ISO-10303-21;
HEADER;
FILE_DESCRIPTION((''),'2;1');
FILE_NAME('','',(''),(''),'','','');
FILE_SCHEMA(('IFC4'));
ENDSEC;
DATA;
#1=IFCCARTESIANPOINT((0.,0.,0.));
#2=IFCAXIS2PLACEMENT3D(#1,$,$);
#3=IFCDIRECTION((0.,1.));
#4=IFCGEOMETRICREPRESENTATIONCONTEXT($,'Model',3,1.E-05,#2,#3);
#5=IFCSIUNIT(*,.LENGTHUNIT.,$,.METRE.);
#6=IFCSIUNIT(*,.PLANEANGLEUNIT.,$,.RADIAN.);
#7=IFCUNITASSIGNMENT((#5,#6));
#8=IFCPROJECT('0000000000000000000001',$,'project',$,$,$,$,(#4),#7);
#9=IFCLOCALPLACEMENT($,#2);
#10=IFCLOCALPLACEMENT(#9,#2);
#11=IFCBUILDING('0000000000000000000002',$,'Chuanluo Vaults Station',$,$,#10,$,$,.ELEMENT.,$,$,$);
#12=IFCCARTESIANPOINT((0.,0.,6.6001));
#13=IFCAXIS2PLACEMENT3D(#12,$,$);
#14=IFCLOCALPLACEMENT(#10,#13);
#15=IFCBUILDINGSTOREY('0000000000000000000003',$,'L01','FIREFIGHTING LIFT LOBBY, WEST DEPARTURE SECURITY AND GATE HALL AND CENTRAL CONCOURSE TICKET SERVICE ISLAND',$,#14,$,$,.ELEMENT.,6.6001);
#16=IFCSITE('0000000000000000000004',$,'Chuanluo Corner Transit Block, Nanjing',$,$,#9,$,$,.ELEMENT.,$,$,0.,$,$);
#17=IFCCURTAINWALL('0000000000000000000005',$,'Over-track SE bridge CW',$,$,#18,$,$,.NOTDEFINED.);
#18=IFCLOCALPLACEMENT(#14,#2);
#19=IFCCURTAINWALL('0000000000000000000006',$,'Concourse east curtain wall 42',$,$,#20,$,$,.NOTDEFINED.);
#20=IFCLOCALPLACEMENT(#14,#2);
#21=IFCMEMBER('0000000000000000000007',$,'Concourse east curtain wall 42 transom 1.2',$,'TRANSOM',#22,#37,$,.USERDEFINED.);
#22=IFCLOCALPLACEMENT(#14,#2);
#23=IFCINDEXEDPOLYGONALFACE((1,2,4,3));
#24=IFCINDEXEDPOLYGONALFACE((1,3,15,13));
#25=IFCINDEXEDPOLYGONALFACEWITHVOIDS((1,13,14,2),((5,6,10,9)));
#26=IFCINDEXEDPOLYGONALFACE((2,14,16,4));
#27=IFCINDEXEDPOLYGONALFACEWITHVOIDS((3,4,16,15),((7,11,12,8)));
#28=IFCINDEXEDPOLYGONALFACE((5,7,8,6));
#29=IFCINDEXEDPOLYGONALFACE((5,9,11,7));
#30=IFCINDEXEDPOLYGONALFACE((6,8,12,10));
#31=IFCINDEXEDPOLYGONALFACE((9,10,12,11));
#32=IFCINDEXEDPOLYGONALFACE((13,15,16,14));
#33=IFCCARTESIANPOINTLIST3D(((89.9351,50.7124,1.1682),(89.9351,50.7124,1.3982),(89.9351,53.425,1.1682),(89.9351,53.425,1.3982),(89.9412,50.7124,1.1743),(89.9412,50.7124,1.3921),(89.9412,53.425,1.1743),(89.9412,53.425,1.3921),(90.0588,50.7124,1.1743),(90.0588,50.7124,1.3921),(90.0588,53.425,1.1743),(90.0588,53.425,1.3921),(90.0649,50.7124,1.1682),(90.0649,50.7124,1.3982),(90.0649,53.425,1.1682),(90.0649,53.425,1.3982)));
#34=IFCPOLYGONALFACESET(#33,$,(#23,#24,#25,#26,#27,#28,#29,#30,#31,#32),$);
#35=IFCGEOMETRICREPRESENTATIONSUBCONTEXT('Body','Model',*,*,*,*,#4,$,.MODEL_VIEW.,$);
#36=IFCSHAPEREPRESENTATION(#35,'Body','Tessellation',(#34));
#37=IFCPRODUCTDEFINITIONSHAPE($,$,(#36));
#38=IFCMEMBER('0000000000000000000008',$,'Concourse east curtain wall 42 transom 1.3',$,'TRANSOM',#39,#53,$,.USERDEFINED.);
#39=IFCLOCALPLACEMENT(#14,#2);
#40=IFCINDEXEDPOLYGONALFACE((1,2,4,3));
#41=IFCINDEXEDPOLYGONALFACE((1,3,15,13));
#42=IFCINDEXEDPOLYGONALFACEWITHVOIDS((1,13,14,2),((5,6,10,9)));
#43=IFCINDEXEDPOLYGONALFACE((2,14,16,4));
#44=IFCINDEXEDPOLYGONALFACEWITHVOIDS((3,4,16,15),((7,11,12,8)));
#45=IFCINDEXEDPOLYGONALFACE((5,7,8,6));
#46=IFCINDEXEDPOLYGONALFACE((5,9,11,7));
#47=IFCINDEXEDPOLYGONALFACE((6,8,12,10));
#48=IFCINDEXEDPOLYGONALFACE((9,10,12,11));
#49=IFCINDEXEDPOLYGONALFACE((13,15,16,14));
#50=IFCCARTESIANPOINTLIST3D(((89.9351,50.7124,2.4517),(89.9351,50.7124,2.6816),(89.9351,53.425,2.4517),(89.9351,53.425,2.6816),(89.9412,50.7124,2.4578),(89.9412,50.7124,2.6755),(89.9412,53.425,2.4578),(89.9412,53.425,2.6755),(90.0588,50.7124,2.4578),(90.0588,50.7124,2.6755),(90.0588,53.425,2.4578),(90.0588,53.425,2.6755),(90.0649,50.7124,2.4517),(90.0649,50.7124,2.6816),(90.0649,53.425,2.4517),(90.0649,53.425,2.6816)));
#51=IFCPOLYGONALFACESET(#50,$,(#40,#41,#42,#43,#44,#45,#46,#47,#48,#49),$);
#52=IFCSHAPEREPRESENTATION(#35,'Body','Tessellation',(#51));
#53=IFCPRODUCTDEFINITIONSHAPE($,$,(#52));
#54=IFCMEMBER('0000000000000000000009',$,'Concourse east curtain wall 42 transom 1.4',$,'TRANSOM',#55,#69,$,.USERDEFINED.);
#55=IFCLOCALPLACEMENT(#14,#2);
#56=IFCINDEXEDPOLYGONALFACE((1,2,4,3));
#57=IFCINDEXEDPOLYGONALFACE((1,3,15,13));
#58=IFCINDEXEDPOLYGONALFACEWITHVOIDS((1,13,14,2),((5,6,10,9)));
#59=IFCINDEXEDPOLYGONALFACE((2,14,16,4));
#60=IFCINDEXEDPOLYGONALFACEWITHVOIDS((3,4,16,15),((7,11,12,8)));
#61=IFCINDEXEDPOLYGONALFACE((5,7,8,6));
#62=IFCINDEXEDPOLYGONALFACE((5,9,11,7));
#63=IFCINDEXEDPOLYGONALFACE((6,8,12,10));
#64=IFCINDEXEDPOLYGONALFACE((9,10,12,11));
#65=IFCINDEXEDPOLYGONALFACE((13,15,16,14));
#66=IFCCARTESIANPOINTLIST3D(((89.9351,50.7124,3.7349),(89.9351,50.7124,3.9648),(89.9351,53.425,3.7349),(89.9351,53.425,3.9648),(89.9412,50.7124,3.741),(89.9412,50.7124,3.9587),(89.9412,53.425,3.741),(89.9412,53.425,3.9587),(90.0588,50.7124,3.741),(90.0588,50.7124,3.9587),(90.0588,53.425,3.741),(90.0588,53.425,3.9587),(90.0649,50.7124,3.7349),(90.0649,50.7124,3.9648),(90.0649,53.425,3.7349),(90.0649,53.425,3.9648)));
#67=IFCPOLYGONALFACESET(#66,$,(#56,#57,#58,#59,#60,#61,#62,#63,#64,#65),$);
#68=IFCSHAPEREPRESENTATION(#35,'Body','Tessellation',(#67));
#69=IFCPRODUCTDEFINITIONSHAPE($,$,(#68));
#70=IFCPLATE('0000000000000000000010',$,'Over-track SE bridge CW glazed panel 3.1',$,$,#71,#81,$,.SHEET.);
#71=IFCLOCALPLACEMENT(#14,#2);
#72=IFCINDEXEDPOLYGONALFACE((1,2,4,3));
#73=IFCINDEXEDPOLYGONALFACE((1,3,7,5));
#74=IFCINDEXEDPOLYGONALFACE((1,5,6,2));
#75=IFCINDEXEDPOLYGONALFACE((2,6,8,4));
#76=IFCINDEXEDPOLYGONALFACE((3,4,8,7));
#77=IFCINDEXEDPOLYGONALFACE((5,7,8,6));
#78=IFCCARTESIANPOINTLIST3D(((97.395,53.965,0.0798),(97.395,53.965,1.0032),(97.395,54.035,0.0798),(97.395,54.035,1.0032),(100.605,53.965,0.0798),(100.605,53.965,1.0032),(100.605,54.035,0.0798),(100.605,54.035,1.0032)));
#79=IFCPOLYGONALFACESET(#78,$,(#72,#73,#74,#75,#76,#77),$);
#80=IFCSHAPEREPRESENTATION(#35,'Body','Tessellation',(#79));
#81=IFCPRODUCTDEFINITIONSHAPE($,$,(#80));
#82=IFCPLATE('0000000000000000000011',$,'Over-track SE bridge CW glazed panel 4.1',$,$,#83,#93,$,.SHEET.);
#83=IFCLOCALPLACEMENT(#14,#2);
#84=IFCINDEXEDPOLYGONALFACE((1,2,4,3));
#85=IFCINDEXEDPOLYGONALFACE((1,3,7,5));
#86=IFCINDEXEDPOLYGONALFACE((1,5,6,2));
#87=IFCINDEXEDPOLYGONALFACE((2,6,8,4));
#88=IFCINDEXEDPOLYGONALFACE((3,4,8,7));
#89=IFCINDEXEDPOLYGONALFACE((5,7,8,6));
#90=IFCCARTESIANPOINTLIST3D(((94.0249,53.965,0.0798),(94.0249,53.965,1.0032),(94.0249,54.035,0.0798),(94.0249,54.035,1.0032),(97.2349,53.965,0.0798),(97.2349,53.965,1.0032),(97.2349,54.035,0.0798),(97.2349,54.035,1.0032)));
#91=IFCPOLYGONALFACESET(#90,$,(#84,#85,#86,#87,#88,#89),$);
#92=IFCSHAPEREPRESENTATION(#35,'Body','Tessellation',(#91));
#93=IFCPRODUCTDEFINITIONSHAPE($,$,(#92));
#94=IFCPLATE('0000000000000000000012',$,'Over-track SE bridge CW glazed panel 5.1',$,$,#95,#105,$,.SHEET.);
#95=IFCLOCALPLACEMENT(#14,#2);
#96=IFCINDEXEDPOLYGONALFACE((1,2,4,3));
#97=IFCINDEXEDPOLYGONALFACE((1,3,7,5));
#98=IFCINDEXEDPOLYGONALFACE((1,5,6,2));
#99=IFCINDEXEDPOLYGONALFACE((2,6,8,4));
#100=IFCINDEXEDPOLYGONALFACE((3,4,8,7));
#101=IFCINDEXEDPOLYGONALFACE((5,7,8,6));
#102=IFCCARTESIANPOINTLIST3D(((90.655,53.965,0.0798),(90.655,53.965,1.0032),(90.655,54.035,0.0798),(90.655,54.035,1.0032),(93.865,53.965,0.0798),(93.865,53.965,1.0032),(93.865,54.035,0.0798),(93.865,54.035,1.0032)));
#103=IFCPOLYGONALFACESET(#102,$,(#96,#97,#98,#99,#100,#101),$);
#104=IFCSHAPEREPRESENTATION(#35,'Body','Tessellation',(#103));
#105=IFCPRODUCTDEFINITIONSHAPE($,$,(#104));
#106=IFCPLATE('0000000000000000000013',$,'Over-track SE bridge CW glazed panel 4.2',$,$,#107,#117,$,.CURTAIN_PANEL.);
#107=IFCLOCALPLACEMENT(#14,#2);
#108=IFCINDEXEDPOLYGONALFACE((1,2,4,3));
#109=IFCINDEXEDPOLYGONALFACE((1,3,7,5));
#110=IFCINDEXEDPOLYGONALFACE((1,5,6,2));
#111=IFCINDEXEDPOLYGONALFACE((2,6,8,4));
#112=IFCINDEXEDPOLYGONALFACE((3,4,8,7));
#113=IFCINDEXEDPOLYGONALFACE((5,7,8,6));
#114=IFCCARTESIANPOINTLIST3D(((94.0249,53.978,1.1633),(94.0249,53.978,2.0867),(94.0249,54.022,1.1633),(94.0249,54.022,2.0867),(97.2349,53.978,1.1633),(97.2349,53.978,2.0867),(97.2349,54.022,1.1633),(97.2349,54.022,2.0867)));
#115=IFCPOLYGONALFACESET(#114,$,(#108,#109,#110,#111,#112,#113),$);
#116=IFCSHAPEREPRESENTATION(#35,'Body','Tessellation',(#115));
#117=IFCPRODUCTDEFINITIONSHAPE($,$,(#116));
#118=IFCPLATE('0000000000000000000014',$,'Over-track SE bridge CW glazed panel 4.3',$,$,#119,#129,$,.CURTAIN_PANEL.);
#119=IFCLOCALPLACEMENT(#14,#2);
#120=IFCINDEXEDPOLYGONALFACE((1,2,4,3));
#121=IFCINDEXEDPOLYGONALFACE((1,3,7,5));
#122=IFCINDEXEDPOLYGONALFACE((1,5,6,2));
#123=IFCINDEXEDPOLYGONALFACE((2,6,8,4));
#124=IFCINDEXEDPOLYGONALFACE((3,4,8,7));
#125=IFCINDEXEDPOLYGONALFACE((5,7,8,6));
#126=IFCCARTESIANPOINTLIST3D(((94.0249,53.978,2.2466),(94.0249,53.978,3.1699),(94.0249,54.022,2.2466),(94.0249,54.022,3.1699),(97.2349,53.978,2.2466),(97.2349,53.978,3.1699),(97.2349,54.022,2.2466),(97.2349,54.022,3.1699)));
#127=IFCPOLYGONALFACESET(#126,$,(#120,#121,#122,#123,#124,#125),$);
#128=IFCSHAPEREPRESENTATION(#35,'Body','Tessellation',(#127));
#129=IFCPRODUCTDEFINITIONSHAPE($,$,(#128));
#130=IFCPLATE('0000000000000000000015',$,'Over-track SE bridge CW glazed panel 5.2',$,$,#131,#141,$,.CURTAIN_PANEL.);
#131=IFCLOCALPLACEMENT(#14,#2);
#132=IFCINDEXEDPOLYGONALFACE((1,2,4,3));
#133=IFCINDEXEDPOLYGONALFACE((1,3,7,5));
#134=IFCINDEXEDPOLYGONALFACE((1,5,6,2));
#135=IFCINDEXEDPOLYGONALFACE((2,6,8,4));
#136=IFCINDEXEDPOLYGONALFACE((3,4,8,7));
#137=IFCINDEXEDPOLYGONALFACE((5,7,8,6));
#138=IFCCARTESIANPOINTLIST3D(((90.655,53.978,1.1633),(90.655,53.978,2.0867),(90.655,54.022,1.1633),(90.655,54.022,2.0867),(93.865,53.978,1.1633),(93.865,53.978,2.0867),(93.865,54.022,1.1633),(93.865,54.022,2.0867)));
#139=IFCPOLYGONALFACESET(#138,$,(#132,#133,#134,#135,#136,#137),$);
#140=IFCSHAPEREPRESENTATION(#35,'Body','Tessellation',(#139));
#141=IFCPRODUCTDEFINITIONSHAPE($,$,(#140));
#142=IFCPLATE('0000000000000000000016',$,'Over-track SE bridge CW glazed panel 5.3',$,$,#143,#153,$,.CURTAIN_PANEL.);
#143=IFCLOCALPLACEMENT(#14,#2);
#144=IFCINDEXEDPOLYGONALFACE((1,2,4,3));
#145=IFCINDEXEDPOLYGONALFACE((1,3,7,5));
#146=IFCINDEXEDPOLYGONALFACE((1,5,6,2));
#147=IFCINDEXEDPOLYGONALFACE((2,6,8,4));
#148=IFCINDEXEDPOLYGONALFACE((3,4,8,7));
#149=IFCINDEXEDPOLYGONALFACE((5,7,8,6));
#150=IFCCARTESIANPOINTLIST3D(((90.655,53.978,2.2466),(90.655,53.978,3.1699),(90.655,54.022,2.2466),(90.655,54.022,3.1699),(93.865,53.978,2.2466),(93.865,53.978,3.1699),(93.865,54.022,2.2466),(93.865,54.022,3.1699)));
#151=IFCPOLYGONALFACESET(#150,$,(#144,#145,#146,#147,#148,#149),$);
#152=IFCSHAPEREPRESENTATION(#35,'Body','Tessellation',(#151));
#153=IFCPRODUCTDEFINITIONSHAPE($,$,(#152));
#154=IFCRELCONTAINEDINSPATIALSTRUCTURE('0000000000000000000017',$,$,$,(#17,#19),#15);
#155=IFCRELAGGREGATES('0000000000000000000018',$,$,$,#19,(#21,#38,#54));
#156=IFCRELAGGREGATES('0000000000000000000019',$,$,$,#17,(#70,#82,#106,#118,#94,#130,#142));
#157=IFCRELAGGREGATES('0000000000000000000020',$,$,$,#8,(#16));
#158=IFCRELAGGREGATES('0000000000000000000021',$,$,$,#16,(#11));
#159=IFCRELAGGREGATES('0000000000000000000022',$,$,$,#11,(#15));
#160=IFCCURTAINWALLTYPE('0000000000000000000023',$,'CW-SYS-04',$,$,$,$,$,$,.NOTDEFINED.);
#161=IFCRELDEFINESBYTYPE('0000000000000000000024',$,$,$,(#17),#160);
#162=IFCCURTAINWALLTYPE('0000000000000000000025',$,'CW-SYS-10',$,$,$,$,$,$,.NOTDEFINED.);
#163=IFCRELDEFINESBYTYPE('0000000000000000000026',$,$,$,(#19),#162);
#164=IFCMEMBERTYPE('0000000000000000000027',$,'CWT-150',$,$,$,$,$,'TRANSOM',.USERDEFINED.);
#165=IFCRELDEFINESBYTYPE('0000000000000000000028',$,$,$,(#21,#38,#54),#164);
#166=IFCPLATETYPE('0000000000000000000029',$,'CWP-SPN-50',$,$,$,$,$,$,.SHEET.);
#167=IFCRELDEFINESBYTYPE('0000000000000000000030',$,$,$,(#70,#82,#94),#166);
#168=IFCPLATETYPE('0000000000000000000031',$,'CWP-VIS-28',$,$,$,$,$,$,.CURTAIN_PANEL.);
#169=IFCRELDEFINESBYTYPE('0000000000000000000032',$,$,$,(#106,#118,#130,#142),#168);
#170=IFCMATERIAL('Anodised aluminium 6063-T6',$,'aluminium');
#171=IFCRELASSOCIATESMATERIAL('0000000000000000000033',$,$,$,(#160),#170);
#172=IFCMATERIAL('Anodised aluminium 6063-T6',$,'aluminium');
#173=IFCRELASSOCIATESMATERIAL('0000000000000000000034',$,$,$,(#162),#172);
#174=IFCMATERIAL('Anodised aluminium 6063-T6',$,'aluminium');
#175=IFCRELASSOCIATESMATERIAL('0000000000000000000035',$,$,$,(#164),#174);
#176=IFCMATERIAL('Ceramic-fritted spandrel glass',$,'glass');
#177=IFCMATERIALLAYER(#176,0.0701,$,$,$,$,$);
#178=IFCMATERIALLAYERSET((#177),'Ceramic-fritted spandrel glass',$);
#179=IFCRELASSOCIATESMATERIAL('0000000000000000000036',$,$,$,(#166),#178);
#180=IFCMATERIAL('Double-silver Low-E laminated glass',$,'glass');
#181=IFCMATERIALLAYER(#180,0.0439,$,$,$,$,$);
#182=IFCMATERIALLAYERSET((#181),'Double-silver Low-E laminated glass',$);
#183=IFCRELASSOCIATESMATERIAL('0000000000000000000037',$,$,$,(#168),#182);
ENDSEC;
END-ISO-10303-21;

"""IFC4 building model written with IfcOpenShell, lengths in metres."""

from ifc_helpers import new_model, si_unit, direction, frame, origin, origin_2d, place, context, subcontext, project, spatial, rectangle, hollow_rectangle, extrude, material, layer, layer_set, material_profile, profile_set, type_object, element, aggregate, save


model = new_model("IFC4")

# Units and contexts
model_context = context("Model", 3, precision=1e-05, world=origin(), true_north=direction((0.0, 1.0)))
body_context = subcontext(model_context, "Body", "Model", "MODEL_VIEW")
ifc_project = project(units=[si_unit("LENGTHUNIT", "METRE"), si_unit("PLANEANGLEUNIT", "RADIAN")], contexts=[model_context])

# Site, building, storey
site_placement = place(None, origin())
site = spatial("IfcSite", under=ifc_project, at=site_placement, Name="Chuanluo Corner Transit Block, Nanjing", CompositionType="ELEMENT", RefElevation=0.0)
building_placement = place(site_placement, origin())
building = spatial("IfcBuilding", under=site, at=building_placement, Name="Chuanluo Vaults Station", CompositionType="ELEMENT")
storey_placement = place(building_placement, frame((0.0, 0.0, 6.6001)))
storey = spatial("IfcBuildingStorey", under=building, at=storey_placement, Name="L01", Description="FIREFIGHTING LIFT LOBBY, WEST DEPARTURE SECURITY AND GATE HALL AND CENTRAL CONCOURSE TICKET SERVICE ISLAND", CompositionType="ELEMENT", Elevation=6.6001)

# Curtain walls, members
ifc_material_1 = material(Name="Anodised aluminium 6063-T6", Category="aluminium")
curtain_wall_type_1 = type_object("IfcCurtainWallType", Name="CW-SYS-04", PredefinedType="NOTDEFINED", material=ifc_material_1)
curtain_wall_1_placement = place(storey_placement, origin())
curtain_wall_1 = element("IfcCurtainWall", 1, at=curtain_wall_1_placement, inside=storey, type_object=curtain_wall_type_1, Name="Over-track SE bridge CW", PredefinedType="NOTDEFINED")
ifc_material_2 = material(Name="Anodised aluminium 6063-T6", Category="aluminium")
curtain_wall_type_2 = type_object("IfcCurtainWallType", Name="CW-SYS-10", PredefinedType="NOTDEFINED", material=ifc_material_2)
curtain_wall_2_placement = place(storey_placement, origin())
curtain_wall_2 = element("IfcCurtainWall", 2, at=curtain_wall_2_placement, inside=storey, type_object=curtain_wall_type_2, Name="Concourse east curtain wall 42", PredefinedType="NOTDEFINED")
ifc_material_3 = material(Name="Anodised aluminium 6063-T6", Category="aluminium")
ifc_material_profile_1 = material_profile(ifc_material_3, hollow_rectangle(XDim=0.1299, YDim=0.23, WallThickness=0.0061, at=origin_2d()))
ifc_profile_set_1 = profile_set([ifc_material_profile_1], Name="Anodised aluminium 6063-T6")
member_type_1 = type_object("IfcMemberType", Name="CWT-150", ElementType="TRANSOM", PredefinedType="USERDEFINED", material=ifc_profile_set_1)
member_1_placement = place(storey_placement, frame((90.0, 53.425, 1.2832), z_axis=(0.0, -1.0, 0.0), x_axis=(1.0, 0.0, 0.0)))
member_1 = element("IfcMember", 3, at=member_1_placement, type_object=member_type_1, Name="Concourse east curtain wall 42 transom 1.2", ObjectType="TRANSOM", PredefinedType="USERDEFINED", context=body_context, shape_type="SweptSolid", body=[
    extrude(hollow_rectangle(XDim=0.1299, YDim=0.23, WallThickness=0.0061, at=origin_2d()), origin(), (0.0, 0.0, 1.0), 2.7126),
])
member_2_placement = place(storey_placement, frame((90.0, 53.425, 2.5667), z_axis=(0.0, -1.0, 0.0), x_axis=(1.0, 0.0, 0.0)))
member_2 = element("IfcMember", 4, at=member_2_placement, type_object=member_type_1, Name="Concourse east curtain wall 42 transom 1.3", ObjectType="TRANSOM", PredefinedType="USERDEFINED", context=body_context, shape_type="SweptSolid", body=[
    extrude(hollow_rectangle(XDim=0.1299, YDim=0.23, WallThickness=0.0061, at=origin_2d()), origin(), (0.0, 0.0, 1.0), 2.7126),
])
member_3_placement = place(storey_placement, frame((90.0, 53.425, 3.8499), z_axis=(0.0, -1.0, 0.0), x_axis=(1.0, 0.0, 0.0)))
member_3 = element("IfcMember", 5, at=member_3_placement, type_object=member_type_1, Name="Concourse east curtain wall 42 transom 1.4", ObjectType="TRANSOM", PredefinedType="USERDEFINED", context=body_context, shape_type="SweptSolid", body=[
    extrude(hollow_rectangle(XDim=0.1299, YDim=0.23, WallThickness=0.0061, at=origin_2d()), origin(), (0.0, 0.0, 1.0), 2.7126),
])
aggregate(curtain_wall_2, [member_1, member_2, member_3])

# Plates
ifc_material_4 = material(Name="Ceramic-fritted spandrel glass", Category="glass")
ifc_layer_1 = layer(ifc_material_4, 0.0701)
ifc_layer_set_1 = layer_set([ifc_layer_1], Name="Ceramic-fritted spandrel glass")
plate_type_1 = type_object("IfcPlateType", Name="CWP-SPN-50", PredefinedType="SHEET", material=ifc_layer_set_1)
plate_1_placement = place(storey_placement, frame((99.0, 54.0, 0.0798), z_axis=(0.0, 0.0, 1.0), x_axis=(-1.0, 0.0, 0.0)))
plate_1 = element("IfcPlate", 6, at=plate_1_placement, type_object=plate_type_1, Name="Over-track SE bridge CW glazed panel 3.1", PredefinedType="SHEET", context=body_context, shape_type="SweptSolid", body=[
    extrude(rectangle(XDim=3.21, YDim=0.0701, at=origin_2d()), origin(), (0.0, 0.0, 1.0), 0.9233),
])
plate_2_placement = place(storey_placement, frame((95.6299, 54.0, 0.0798), z_axis=(0.0, 0.0, 1.0), x_axis=(-1.0, 0.0, 0.0)))
plate_2 = element("IfcPlate", 7, at=plate_2_placement, type_object=plate_type_1, Name="Over-track SE bridge CW glazed panel 4.1", PredefinedType="SHEET", context=body_context, shape_type="SweptSolid", body=[
    extrude(rectangle(XDim=3.21, YDim=0.0701, at=origin_2d()), origin(), (0.0, 0.0, 1.0), 0.9233),
])
plate_3_placement = place(storey_placement, frame((92.26, 54.0, 0.0798), z_axis=(0.0, 0.0, 1.0), x_axis=(-1.0, 0.0, 0.0)))
plate_3 = element("IfcPlate", 8, at=plate_3_placement, type_object=plate_type_1, Name="Over-track SE bridge CW glazed panel 5.1", PredefinedType="SHEET", context=body_context, shape_type="SweptSolid", body=[
    extrude(rectangle(XDim=3.21, YDim=0.0701, at=origin_2d()), origin(), (0.0, 0.0, 1.0), 0.9233),
])
ifc_material_5 = material(Name="Double-silver Low-E laminated glass", Category="glass")
ifc_layer_2 = layer(ifc_material_5, 0.0439)
ifc_layer_set_2 = layer_set([ifc_layer_2], Name="Double-silver Low-E laminated glass")
plate_type_2 = type_object("IfcPlateType", Name="CWP-VIS-28", PredefinedType="CURTAIN_PANEL", material=ifc_layer_set_2)
plate_4_placement = place(storey_placement, frame((95.6299, 54.0, 1.1633), z_axis=(0.0, 0.0, 1.0), x_axis=(-1.0, 0.0, 0.0)))
plate_4 = element("IfcPlate", 9, at=plate_4_placement, type_object=plate_type_2, Name="Over-track SE bridge CW glazed panel 4.2", PredefinedType="CURTAIN_PANEL", context=body_context, shape_type="SweptSolid", body=[
    extrude(rectangle(XDim=3.21, YDim=0.0439, at=origin_2d()), origin(), (0.0, 0.0, 1.0), 0.9233),
])
plate_5_placement = place(storey_placement, frame((95.6299, 54.0, 2.2466), z_axis=(0.0, 0.0, 1.0), x_axis=(-1.0, 0.0, 0.0)))
plate_5 = element("IfcPlate", 10, at=plate_5_placement, type_object=plate_type_2, Name="Over-track SE bridge CW glazed panel 4.3", PredefinedType="CURTAIN_PANEL", context=body_context, shape_type="SweptSolid", body=[
    extrude(rectangle(XDim=3.21, YDim=0.0439, at=origin_2d()), origin(), (0.0, 0.0, 1.0), 0.9233),
])
plate_6_placement = place(storey_placement, frame((92.26, 54.0, 1.1633), z_axis=(0.0, 0.0, 1.0), x_axis=(-1.0, 0.0, 0.0)))
plate_6 = element("IfcPlate", 11, at=plate_6_placement, type_object=plate_type_2, Name="Over-track SE bridge CW glazed panel 5.2", PredefinedType="CURTAIN_PANEL", context=body_context, shape_type="SweptSolid", body=[
    extrude(rectangle(XDim=3.21, YDim=0.0439, at=origin_2d()), origin(), (0.0, 0.0, 1.0), 0.9233),
])
plate_7_placement = place(storey_placement, frame((92.26, 54.0, 2.2466), z_axis=(0.0, 0.0, 1.0), x_axis=(-1.0, 0.0, 0.0)))
plate_7 = element("IfcPlate", 12, at=plate_7_placement, type_object=plate_type_2, Name="Over-track SE bridge CW glazed panel 5.3", PredefinedType="CURTAIN_PANEL", context=body_context, shape_type="SweptSolid", body=[
    extrude(rectangle(XDim=3.21, YDim=0.0439, at=origin_2d()), origin(), (0.0, 0.0, 1.0), 0.9233),
])
aggregate(curtain_wall_1, [plate_1, plate_2, plate_4, plate_5, plate_3, plate_6, plate_7])

save(model, "model.ifc")
